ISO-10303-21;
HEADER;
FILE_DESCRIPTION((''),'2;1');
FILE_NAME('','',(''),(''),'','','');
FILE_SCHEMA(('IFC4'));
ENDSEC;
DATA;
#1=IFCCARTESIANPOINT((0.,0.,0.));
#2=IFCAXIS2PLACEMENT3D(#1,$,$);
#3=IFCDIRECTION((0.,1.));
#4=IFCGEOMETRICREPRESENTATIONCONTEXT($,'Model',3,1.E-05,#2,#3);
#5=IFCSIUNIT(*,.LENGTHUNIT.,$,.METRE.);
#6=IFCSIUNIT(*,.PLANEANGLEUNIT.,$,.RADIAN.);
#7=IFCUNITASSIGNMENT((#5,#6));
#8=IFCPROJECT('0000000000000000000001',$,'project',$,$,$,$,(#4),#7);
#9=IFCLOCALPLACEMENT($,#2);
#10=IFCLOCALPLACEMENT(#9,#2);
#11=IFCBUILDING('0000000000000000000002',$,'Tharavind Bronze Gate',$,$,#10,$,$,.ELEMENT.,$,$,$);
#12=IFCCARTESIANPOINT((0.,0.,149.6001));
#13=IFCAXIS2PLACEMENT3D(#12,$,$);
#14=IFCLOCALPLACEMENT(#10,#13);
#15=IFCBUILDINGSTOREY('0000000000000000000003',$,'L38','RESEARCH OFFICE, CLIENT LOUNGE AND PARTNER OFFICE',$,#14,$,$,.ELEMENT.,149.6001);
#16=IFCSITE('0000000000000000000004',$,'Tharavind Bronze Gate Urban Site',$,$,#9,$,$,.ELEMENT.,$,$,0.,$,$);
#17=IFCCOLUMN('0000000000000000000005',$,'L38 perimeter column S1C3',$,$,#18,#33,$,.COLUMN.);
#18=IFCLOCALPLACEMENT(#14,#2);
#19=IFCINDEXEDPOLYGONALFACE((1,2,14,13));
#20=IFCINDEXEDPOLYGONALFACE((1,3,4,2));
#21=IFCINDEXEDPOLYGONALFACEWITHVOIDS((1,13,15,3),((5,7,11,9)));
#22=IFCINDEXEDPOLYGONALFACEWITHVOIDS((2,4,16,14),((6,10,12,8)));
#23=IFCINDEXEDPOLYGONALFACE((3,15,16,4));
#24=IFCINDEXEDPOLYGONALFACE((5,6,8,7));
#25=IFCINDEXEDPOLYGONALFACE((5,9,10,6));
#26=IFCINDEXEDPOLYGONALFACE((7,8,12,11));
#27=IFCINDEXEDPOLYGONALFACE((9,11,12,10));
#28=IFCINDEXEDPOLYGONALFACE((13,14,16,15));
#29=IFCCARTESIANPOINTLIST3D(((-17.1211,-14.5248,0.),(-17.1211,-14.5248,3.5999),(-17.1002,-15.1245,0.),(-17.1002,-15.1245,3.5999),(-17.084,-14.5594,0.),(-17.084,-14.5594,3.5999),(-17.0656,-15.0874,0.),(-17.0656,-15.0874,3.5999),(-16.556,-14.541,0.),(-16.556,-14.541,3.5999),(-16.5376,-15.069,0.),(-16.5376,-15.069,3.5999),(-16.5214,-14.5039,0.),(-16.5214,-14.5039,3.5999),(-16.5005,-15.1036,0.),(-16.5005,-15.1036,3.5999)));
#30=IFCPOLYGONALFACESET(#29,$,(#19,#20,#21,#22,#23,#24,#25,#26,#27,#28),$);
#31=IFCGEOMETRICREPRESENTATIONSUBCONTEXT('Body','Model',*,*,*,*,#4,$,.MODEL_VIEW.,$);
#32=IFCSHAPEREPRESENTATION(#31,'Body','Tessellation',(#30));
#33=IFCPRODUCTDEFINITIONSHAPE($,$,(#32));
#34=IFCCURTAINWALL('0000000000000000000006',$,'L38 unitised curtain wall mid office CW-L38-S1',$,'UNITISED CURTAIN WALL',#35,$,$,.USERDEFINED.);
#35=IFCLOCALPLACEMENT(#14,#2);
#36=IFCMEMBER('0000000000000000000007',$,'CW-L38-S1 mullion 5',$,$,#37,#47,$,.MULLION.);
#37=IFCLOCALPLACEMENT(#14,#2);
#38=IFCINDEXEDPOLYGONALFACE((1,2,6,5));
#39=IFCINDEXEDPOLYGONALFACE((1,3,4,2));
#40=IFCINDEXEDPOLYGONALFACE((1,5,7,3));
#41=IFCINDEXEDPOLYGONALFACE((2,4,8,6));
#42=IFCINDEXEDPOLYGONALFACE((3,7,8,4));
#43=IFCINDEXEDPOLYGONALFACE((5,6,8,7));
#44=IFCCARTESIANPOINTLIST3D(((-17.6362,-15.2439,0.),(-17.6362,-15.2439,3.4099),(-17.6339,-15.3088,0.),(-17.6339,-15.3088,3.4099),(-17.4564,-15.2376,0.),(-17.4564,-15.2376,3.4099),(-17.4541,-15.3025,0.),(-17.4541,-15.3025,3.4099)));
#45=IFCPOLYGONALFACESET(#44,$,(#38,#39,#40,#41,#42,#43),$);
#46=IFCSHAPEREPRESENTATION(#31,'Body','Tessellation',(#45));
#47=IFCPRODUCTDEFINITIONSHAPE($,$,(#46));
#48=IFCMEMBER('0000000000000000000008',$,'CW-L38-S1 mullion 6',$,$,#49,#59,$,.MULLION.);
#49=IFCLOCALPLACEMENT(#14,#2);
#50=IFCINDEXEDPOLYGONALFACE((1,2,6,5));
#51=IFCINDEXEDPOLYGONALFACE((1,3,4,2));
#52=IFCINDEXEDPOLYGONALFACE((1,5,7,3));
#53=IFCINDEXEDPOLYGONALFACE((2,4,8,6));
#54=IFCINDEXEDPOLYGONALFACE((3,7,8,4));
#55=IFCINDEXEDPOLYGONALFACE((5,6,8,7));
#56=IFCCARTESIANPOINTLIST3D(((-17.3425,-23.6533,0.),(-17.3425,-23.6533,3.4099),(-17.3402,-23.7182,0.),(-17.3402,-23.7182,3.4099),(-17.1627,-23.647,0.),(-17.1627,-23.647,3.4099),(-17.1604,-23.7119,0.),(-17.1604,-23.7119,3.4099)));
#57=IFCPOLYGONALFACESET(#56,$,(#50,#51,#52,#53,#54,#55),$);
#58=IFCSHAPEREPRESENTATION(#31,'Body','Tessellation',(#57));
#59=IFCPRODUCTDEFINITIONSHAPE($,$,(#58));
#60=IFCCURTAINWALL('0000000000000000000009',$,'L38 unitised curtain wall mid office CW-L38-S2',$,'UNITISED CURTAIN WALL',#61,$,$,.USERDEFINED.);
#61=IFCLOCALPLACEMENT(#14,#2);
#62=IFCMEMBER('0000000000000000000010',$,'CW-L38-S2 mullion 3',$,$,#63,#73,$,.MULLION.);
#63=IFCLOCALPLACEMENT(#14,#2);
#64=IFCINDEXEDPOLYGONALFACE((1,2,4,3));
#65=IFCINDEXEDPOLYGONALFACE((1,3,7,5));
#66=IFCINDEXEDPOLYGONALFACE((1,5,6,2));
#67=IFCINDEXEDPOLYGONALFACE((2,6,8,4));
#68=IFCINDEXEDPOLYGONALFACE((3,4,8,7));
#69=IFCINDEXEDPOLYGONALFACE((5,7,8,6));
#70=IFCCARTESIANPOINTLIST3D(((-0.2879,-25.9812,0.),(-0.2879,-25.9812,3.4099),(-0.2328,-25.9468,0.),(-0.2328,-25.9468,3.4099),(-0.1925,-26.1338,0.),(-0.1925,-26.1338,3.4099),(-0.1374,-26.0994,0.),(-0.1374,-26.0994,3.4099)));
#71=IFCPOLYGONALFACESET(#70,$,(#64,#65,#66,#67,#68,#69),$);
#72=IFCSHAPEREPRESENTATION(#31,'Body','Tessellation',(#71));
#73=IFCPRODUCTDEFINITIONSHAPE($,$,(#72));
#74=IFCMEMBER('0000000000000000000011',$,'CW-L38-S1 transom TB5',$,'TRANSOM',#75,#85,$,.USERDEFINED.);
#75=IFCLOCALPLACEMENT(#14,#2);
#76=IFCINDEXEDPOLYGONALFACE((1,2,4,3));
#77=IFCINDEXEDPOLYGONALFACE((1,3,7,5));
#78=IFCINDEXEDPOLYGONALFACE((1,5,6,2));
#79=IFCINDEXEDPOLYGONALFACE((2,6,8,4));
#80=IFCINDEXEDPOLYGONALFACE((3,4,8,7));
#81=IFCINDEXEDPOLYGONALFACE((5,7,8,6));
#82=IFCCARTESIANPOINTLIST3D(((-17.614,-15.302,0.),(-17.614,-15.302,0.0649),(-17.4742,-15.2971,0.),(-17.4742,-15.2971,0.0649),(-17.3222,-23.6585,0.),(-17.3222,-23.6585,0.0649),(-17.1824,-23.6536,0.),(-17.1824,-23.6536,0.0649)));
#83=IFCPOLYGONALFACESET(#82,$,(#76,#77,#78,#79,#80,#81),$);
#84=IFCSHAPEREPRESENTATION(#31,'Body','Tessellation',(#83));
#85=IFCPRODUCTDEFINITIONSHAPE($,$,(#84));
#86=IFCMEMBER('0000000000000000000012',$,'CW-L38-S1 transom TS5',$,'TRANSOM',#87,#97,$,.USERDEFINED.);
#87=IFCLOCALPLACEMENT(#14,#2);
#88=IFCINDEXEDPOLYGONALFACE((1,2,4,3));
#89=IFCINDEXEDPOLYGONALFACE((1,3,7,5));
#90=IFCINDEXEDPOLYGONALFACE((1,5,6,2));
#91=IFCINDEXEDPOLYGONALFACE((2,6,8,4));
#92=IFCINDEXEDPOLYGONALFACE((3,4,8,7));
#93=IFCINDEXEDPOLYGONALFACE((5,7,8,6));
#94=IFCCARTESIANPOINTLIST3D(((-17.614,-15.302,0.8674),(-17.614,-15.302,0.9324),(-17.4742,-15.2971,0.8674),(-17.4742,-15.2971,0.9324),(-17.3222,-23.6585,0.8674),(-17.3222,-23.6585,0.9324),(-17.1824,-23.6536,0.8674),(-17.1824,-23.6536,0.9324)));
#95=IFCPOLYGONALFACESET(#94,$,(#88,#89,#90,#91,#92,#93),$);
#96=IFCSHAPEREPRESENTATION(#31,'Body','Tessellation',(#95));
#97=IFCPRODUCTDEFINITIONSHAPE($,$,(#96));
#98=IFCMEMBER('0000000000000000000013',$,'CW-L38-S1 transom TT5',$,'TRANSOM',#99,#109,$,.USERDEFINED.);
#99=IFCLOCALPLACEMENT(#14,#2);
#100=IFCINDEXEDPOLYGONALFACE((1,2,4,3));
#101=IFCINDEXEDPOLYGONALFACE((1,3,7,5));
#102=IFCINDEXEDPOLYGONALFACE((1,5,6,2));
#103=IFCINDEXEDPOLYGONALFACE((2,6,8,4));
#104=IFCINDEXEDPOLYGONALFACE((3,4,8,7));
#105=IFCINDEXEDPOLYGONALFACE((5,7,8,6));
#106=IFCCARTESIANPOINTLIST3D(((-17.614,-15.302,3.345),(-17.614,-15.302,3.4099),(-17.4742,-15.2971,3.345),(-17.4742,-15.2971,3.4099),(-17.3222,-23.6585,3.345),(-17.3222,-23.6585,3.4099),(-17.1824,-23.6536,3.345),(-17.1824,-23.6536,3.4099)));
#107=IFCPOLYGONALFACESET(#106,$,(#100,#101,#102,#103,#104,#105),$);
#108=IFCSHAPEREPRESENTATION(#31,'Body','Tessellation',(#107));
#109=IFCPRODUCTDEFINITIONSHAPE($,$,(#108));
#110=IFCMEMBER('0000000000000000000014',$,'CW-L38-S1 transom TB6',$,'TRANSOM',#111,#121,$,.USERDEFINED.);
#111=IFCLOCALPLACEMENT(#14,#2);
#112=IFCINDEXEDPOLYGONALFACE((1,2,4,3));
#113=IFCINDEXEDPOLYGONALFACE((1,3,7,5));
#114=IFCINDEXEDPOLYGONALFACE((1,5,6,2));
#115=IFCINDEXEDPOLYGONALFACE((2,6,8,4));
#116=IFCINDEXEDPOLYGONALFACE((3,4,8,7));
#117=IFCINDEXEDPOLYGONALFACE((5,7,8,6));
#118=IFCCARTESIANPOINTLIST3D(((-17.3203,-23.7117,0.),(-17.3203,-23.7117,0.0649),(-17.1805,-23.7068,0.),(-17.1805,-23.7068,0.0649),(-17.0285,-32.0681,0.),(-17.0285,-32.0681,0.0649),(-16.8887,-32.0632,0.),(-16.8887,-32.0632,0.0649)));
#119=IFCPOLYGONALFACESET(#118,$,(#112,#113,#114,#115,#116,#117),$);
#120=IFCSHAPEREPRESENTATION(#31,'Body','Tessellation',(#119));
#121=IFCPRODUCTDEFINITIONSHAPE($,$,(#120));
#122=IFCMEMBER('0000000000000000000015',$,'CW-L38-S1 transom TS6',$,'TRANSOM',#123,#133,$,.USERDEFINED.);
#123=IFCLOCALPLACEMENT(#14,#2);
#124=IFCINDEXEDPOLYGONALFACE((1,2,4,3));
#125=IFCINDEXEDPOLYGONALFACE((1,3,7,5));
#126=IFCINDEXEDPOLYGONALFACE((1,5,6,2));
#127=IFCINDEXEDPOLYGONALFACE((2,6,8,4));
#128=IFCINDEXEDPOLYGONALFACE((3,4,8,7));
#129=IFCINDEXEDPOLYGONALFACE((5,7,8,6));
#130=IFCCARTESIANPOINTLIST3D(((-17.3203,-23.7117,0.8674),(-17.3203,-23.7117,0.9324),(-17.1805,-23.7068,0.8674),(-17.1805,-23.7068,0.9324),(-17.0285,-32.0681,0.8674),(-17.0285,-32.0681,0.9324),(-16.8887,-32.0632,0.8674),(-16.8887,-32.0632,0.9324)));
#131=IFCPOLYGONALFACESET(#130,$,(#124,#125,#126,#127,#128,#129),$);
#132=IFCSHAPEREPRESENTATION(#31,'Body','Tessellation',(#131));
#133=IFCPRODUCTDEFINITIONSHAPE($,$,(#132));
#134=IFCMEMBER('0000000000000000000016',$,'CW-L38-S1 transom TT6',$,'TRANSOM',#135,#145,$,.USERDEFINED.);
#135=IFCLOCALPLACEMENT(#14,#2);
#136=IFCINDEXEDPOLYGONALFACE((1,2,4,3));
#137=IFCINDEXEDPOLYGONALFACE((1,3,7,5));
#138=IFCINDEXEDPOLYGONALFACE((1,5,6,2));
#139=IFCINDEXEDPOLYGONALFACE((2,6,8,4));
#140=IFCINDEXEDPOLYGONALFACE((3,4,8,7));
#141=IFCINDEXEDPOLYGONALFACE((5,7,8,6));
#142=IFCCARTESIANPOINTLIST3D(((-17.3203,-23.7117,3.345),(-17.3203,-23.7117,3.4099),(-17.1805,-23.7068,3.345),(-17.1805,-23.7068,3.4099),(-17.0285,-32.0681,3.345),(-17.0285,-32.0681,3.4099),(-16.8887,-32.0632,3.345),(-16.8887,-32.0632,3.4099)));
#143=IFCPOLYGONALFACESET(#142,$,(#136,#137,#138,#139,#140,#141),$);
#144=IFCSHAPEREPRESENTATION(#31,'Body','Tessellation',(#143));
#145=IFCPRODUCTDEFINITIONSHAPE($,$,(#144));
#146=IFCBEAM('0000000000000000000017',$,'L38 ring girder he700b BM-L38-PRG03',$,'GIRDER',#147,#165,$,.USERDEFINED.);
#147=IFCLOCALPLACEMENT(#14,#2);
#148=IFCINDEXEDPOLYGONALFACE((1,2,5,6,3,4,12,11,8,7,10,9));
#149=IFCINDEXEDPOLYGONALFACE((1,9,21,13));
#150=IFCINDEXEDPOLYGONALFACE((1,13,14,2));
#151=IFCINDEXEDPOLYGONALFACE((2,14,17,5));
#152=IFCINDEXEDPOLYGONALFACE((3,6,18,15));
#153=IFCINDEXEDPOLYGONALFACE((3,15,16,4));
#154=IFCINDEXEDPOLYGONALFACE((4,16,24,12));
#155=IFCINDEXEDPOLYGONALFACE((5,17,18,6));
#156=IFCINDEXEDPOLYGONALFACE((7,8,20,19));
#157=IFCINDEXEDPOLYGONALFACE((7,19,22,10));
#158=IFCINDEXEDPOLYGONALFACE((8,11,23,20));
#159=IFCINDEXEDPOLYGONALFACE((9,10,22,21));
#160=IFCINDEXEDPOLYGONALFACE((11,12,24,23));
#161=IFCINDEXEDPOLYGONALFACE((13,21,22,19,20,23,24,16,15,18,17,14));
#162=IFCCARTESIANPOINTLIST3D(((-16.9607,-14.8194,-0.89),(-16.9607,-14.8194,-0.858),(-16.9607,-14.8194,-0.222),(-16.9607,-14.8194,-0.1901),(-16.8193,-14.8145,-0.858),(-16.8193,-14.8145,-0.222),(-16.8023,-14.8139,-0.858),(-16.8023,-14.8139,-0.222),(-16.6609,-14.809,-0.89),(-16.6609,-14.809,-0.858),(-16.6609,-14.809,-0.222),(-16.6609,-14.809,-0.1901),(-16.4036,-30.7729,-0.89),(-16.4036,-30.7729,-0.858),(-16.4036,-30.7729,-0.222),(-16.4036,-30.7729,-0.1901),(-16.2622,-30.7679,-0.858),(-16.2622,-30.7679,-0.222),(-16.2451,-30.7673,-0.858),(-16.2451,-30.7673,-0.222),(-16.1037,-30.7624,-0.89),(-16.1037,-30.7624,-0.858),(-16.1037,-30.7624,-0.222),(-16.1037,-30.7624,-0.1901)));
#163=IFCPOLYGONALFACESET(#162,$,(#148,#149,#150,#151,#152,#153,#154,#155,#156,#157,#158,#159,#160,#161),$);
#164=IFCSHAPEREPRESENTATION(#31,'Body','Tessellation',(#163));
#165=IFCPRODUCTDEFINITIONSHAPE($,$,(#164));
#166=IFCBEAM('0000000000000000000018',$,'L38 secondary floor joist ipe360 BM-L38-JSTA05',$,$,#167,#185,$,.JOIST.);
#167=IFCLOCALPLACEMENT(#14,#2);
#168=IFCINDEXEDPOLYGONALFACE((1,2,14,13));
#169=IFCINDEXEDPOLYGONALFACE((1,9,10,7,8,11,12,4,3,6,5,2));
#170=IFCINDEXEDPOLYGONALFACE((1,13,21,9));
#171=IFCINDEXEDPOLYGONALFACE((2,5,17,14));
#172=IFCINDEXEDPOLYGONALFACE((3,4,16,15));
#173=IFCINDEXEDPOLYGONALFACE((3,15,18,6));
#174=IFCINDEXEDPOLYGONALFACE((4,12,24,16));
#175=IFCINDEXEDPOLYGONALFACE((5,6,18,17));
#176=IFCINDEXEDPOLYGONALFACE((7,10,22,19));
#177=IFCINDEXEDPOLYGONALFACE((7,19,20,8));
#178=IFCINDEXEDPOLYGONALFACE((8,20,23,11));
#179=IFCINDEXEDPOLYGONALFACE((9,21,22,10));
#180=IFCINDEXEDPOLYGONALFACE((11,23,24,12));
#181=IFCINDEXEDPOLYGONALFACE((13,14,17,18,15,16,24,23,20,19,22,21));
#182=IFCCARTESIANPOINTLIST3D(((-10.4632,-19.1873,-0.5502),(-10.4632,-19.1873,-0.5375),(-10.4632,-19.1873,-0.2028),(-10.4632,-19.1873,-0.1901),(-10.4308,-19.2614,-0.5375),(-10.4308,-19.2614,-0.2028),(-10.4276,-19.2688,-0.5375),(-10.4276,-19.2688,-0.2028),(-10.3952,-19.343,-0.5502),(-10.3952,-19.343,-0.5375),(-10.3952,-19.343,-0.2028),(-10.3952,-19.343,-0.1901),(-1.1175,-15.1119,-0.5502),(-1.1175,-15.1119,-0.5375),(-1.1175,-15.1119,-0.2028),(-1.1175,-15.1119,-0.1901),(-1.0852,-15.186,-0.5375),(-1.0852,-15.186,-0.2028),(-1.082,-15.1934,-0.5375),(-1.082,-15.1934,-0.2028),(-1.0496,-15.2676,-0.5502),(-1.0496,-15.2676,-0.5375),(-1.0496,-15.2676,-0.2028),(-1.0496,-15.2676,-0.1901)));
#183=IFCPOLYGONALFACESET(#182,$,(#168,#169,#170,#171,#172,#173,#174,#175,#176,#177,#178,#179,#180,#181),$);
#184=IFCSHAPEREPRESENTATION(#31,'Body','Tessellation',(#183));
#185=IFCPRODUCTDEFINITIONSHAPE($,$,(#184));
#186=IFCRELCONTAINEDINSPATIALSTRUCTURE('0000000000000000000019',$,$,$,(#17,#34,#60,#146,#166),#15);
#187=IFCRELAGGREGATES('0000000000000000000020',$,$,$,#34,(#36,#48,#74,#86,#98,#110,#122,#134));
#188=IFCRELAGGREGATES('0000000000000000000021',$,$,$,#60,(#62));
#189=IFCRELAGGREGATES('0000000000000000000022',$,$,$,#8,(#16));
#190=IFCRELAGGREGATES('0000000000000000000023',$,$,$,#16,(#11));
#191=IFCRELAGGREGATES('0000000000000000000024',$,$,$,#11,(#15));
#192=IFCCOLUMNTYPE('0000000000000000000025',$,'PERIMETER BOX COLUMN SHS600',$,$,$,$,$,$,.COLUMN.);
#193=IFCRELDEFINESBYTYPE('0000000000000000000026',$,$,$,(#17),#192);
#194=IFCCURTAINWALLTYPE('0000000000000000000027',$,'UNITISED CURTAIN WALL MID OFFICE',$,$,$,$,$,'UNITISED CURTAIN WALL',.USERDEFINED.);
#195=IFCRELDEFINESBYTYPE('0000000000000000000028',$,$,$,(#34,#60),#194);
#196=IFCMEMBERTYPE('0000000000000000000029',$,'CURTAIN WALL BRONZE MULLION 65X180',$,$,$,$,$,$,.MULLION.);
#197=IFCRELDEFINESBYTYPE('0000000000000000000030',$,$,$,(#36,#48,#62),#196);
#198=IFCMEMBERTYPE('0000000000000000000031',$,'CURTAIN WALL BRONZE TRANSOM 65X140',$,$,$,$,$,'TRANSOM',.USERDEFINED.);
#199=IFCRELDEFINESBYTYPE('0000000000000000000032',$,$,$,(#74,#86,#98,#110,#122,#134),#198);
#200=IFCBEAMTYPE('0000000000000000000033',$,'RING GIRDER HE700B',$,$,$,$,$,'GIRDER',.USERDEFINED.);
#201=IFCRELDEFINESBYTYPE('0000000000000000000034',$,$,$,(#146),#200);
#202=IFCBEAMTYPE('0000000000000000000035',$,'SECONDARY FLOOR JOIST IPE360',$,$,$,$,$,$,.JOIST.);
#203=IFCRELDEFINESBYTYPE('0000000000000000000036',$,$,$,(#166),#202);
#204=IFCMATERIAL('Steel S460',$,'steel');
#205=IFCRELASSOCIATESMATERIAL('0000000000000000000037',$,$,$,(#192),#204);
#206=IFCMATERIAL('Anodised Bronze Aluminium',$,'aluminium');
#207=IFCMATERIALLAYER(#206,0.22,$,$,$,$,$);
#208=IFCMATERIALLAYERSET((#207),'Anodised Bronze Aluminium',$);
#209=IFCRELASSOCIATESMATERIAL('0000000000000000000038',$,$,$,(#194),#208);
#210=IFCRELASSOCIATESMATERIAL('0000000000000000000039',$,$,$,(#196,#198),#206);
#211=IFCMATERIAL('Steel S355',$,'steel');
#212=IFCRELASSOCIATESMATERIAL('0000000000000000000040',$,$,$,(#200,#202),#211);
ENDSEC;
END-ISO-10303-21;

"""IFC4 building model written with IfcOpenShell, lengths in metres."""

from ifc_helpers import new_model, si_unit, direction, frame, origin, origin_2d, place, context, subcontext, project, spatial, rectangle, hollow_rectangle, i_section, extrude, material, layer, layer_set, material_profile, profile_set, type_object, element, aggregate, save


model = new_model("IFC4")

# Units and contexts
model_context = context("Model", 3, precision=1e-05, world=origin(), true_north=direction((0.0, 1.0)))
body_context = subcontext(model_context, "Body", "Model", "MODEL_VIEW")
ifc_project = project(units=[si_unit("LENGTHUNIT", "METRE"), si_unit("PLANEANGLEUNIT", "RADIAN")], contexts=[model_context])

# Site, building, storey
site_placement = place(None, origin())
site = spatial("IfcSite", under=ifc_project, at=site_placement, Name="Tharavind Bronze Gate Urban Site", CompositionType="ELEMENT", RefElevation=0.0)
building_placement = place(site_placement, origin())
building = spatial("IfcBuilding", under=site, at=building_placement, Name="Tharavind Bronze Gate", CompositionType="ELEMENT")
storey_placement = place(building_placement, frame((0.0, 0.0, 149.6001)))
storey = spatial("IfcBuildingStorey", under=building, at=storey_placement, Name="L38", Description="RESEARCH OFFICE, CLIENT LOUNGE AND PARTNER OFFICE", CompositionType="ELEMENT", Elevation=149.6001)

# Column
ifc_material_1 = material(Name="Steel S460", Category="steel")
ifc_material_profile_1 = material_profile(ifc_material_1, hollow_rectangle(XDim=0.6001, YDim=0.6001, WallThickness=0.0359, at=origin_2d()), Name="SHS600X36")
ifc_profile_set_1 = profile_set([ifc_material_profile_1], Name="Steel S460")
column_type = type_object("IfcColumnType", Name="PERIMETER BOX COLUMN SHS600", PredefinedType="COLUMN", material=ifc_profile_set_1)
column_placement = place(storey_placement, frame((-16.8108, -14.8142, 0.0), z_axis=(0.0, 0.0, 1.0), x_axis=(-0.034899, 0.999391, 0.0)))
element("IfcColumn", 1, at=column_placement, inside=storey, type_object=column_type, Name="L38 perimeter column S1C3", PredefinedType="COLUMN", context=body_context, shape_type="SweptSolid", body=[
    extrude(hollow_rectangle(XDim=0.6001, YDim=0.6001, WallThickness=0.0359, at=origin_2d()), origin(), (0.0, 0.0, 1.0), 3.5999),
])

# Curtain wall, members
ifc_material_2 = material(Name="Anodised Bronze Aluminium", Category="aluminium")
ifc_layer_1 = layer(ifc_material_2, 0.22)
ifc_layer_set_1 = layer_set([ifc_layer_1], Name="Anodised Bronze Aluminium")
curtain_wall_type = type_object("IfcCurtainWallType", Name="UNITISED CURTAIN WALL MID OFFICE", ElementType="UNITISED CURTAIN WALL", PredefinedType="USERDEFINED", material=ifc_layer_set_1)
curtain_wall_1_placement = place(storey_placement, origin())
curtain_wall_1 = element("IfcCurtainWall", 2, at=curtain_wall_1_placement, inside=storey, type_object=curtain_wall_type, Name="L38 unitised curtain wall mid office CW-L38-S1", ObjectType="UNITISED CURTAIN WALL", PredefinedType="USERDEFINED")
member_type_1 = type_object("IfcMemberType", Name="CURTAIN WALL BRONZE MULLION 65X180", PredefinedType="MULLION", material=ifc_material_2)
member_1_placement = place(storey_placement, frame((-17.5452, -15.2732, 0.0), z_axis=(0.0, 0.0, 1.0), x_axis=(0.034899, -0.999391, 0.0)))
member_1 = element("IfcMember", 3, at=member_1_placement, type_object=member_type_1, Name="CW-L38-S1 mullion 5", PredefinedType="MULLION", context=body_context, shape_type="SweptSolid", body=[
    extrude(rectangle(XDim=0.0649, YDim=0.1799, at=origin_2d()), origin(), (0.0, 0.0, 1.0), 3.4099),
])
member_2_placement = place(storey_placement, frame((-17.2515, -23.6826, 0.0), z_axis=(0.0, 0.0, 1.0), x_axis=(0.034899, -0.999391, 0.0)))
member_2 = element("IfcMember", 4, at=member_2_placement, type_object=member_type_1, Name="CW-L38-S1 mullion 6", PredefinedType="MULLION", context=body_context, shape_type="SweptSolid", body=[
    extrude(rectangle(XDim=0.0649, YDim=0.1799, at=origin_2d()), origin(), (0.0, 0.0, 1.0), 3.4099),
])

# Curtain wall, member
curtain_wall_2_placement = place(storey_placement, origin())
curtain_wall_2 = element("IfcCurtainWall", 5, at=curtain_wall_2_placement, inside=storey, type_object=curtain_wall_type, Name="L38 unitised curtain wall mid office CW-L38-S2", ObjectType="UNITISED CURTAIN WALL", PredefinedType="USERDEFINED")
member_3_placement = place(storey_placement, frame((-0.2126, -26.0403, 0.0), z_axis=(0.0, 0.0, 1.0), x_axis=(0.848048, 0.529919, 0.0)))
member_3 = element("IfcMember", 6, at=member_3_placement, type_object=member_type_1, Name="CW-L38-S2 mullion 3", PredefinedType="MULLION", context=body_context, shape_type="SweptSolid", body=[
    extrude(rectangle(XDim=0.0649, YDim=0.1799, at=origin_2d()), origin(), (0.0, 0.0, 1.0), 3.4099),
])

# Members
member_type_2 = type_object("IfcMemberType", Name="CURTAIN WALL BRONZE TRANSOM 65X140", ElementType="TRANSOM", PredefinedType="USERDEFINED", material=ifc_material_2)
member_4_placement = place(storey_placement, frame((-17.3982, -19.4778, 0.0), z_axis=(0.0, 0.0, 1.0), x_axis=(0.034899, -0.999391, 0.0)))
member_4 = element("IfcMember", 7, at=member_4_placement, type_object=member_type_2, Name="CW-L38-S1 transom TB5", ObjectType="TRANSOM", PredefinedType="USERDEFINED", context=body_context, shape_type="SweptSolid", body=[
    extrude(rectangle(XDim=8.3616, YDim=0.1399, at=origin_2d()), origin(), (0.0, 0.0, 1.0), 0.0649),
])
member_5_placement = place(storey_placement, frame((-17.3982, -19.4778, 0.8674), z_axis=(0.0, 0.0, 1.0), x_axis=(0.034899, -0.999391, 0.0)))
member_5 = element("IfcMember", 8, at=member_5_placement, type_object=member_type_2, Name="CW-L38-S1 transom TS5", ObjectType="TRANSOM", PredefinedType="USERDEFINED", context=body_context, shape_type="SweptSolid", body=[
    extrude(rectangle(XDim=8.3616, YDim=0.1399, at=origin_2d()), origin(), (0.0, 0.0, 1.0), 0.0649),
])
member_6_placement = place(storey_placement, frame((-17.3982, -19.4778, 3.345), z_axis=(0.0, 0.0, 1.0), x_axis=(0.034899, -0.999391, 0.0)))
member_6 = element("IfcMember", 9, at=member_6_placement, type_object=member_type_2, Name="CW-L38-S1 transom TT5", ObjectType="TRANSOM", PredefinedType="USERDEFINED", context=body_context, shape_type="SweptSolid", body=[
    extrude(rectangle(XDim=8.3616, YDim=0.1399, at=origin_2d()), origin(), (0.0, 0.0, 1.0), 0.0649),
])
member_7_placement = place(storey_placement, frame((-17.1045, -27.8875, 0.0), z_axis=(0.0, 0.0, 1.0), x_axis=(0.034899, -0.999391, 0.0)))
member_7 = element("IfcMember", 10, at=member_7_placement, type_object=member_type_2, Name="CW-L38-S1 transom TB6", ObjectType="TRANSOM", PredefinedType="USERDEFINED", context=body_context, shape_type="SweptSolid", body=[
    extrude(rectangle(XDim=8.3616, YDim=0.1399, at=origin_2d()), origin(), (0.0, 0.0, 1.0), 0.0649),
])
member_8_placement = place(storey_placement, frame((-17.1045, -27.8875, 0.8674), z_axis=(0.0, 0.0, 1.0), x_axis=(0.034899, -0.999391, 0.0)))
member_8 = element("IfcMember", 11, at=member_8_placement, type_object=member_type_2, Name="CW-L38-S1 transom TS6", ObjectType="TRANSOM", PredefinedType="USERDEFINED", context=body_context, shape_type="SweptSolid", body=[
    extrude(rectangle(XDim=8.3616, YDim=0.1399, at=origin_2d()), origin(), (0.0, 0.0, 1.0), 0.0649),
])
member_9_placement = place(storey_placement, frame((-17.1045, -27.8875, 3.345), z_axis=(0.0, 0.0, 1.0), x_axis=(0.034899, -0.999391, 0.0)))
member_9 = element("IfcMember", 12, at=member_9_placement, type_object=member_type_2, Name="CW-L38-S1 transom TT6", ObjectType="TRANSOM", PredefinedType="USERDEFINED", context=body_context, shape_type="SweptSolid", body=[
    extrude(rectangle(XDim=8.3616, YDim=0.1399, at=origin_2d()), origin(), (0.0, 0.0, 1.0), 0.0649),
])

# Beams
ifc_material_3 = material(Name="Steel S355", Category="steel")
ifc_material_profile_2 = material_profile(ifc_material_3, i_section(OverallWidth=0.3, OverallDepth=0.7, WebThickness=0.0171, FlangeThickness=0.032, at=origin_2d()), Name="HE700B")
ifc_profile_set_2 = profile_set([ifc_material_profile_2], Name="Steel S355")
beam_type_1 = type_object("IfcBeamType", Name="RING GIRDER HE700B", ElementType="GIRDER", PredefinedType="USERDEFINED", material=ifc_profile_set_2)
beam_1_placement = place(storey_placement, frame((-16.8108, -14.8142, -0.54), z_axis=(0.034901, -0.999391, 0.0), x_axis=(0.999391, 0.034901, 0.0)))
element("IfcBeam", 13, at=beam_1_placement, inside=storey, type_object=beam_type_1, Name="L38 ring girder he700b BM-L38-PRG03", ObjectType="GIRDER", PredefinedType="USERDEFINED", context=body_context, shape_type="SweptSolid", body=[
    extrude(i_section(OverallWidth=0.3, OverallDepth=0.7, WebThickness=0.0171, FlangeThickness=0.032, at=origin_2d()), origin(), (0.0, 0.0, 1.0), 15.9631),
])
ifc_material_profile_3 = material_profile(ifc_material_3, i_section(OverallWidth=0.1699, OverallDepth=0.3601, WebThickness=0.0081, FlangeThickness=0.0127, at=origin_2d()), Name="IPE360")
ifc_profile_set_3 = profile_set([ifc_material_profile_3], Name="Steel S355")
beam_type_2 = type_object("IfcBeamType", Name="SECONDARY FLOOR JOIST IPE360", PredefinedType="JOIST", material=ifc_profile_set_3)
beam_2_placement = place(storey_placement, frame((-10.4292, -19.2651, -0.3701), z_axis=(0.916636, 0.399723, 0.0), x_axis=(-0.399723, 0.916636, 0.0)))
element("IfcBeam", 14, at=beam_2_placement, inside=storey, type_object=beam_type_2, Name="L38 secondary floor joist ipe360 BM-L38-JSTA05", PredefinedType="JOIST", context=body_context, shape_type="SweptSolid", body=[
    extrude(i_section(OverallWidth=0.1699, OverallDepth=0.3601, WebThickness=0.0081, FlangeThickness=0.0127, at=origin_2d()), origin(), (0.0, 0.0, 1.0), 10.1956),
])

aggregate(curtain_wall_1, [member_1, member_2, member_4, member_5, member_6, member_7, member_8, member_9])
aggregate(curtain_wall_2, [member_3])

save(model, "model.ifc")
